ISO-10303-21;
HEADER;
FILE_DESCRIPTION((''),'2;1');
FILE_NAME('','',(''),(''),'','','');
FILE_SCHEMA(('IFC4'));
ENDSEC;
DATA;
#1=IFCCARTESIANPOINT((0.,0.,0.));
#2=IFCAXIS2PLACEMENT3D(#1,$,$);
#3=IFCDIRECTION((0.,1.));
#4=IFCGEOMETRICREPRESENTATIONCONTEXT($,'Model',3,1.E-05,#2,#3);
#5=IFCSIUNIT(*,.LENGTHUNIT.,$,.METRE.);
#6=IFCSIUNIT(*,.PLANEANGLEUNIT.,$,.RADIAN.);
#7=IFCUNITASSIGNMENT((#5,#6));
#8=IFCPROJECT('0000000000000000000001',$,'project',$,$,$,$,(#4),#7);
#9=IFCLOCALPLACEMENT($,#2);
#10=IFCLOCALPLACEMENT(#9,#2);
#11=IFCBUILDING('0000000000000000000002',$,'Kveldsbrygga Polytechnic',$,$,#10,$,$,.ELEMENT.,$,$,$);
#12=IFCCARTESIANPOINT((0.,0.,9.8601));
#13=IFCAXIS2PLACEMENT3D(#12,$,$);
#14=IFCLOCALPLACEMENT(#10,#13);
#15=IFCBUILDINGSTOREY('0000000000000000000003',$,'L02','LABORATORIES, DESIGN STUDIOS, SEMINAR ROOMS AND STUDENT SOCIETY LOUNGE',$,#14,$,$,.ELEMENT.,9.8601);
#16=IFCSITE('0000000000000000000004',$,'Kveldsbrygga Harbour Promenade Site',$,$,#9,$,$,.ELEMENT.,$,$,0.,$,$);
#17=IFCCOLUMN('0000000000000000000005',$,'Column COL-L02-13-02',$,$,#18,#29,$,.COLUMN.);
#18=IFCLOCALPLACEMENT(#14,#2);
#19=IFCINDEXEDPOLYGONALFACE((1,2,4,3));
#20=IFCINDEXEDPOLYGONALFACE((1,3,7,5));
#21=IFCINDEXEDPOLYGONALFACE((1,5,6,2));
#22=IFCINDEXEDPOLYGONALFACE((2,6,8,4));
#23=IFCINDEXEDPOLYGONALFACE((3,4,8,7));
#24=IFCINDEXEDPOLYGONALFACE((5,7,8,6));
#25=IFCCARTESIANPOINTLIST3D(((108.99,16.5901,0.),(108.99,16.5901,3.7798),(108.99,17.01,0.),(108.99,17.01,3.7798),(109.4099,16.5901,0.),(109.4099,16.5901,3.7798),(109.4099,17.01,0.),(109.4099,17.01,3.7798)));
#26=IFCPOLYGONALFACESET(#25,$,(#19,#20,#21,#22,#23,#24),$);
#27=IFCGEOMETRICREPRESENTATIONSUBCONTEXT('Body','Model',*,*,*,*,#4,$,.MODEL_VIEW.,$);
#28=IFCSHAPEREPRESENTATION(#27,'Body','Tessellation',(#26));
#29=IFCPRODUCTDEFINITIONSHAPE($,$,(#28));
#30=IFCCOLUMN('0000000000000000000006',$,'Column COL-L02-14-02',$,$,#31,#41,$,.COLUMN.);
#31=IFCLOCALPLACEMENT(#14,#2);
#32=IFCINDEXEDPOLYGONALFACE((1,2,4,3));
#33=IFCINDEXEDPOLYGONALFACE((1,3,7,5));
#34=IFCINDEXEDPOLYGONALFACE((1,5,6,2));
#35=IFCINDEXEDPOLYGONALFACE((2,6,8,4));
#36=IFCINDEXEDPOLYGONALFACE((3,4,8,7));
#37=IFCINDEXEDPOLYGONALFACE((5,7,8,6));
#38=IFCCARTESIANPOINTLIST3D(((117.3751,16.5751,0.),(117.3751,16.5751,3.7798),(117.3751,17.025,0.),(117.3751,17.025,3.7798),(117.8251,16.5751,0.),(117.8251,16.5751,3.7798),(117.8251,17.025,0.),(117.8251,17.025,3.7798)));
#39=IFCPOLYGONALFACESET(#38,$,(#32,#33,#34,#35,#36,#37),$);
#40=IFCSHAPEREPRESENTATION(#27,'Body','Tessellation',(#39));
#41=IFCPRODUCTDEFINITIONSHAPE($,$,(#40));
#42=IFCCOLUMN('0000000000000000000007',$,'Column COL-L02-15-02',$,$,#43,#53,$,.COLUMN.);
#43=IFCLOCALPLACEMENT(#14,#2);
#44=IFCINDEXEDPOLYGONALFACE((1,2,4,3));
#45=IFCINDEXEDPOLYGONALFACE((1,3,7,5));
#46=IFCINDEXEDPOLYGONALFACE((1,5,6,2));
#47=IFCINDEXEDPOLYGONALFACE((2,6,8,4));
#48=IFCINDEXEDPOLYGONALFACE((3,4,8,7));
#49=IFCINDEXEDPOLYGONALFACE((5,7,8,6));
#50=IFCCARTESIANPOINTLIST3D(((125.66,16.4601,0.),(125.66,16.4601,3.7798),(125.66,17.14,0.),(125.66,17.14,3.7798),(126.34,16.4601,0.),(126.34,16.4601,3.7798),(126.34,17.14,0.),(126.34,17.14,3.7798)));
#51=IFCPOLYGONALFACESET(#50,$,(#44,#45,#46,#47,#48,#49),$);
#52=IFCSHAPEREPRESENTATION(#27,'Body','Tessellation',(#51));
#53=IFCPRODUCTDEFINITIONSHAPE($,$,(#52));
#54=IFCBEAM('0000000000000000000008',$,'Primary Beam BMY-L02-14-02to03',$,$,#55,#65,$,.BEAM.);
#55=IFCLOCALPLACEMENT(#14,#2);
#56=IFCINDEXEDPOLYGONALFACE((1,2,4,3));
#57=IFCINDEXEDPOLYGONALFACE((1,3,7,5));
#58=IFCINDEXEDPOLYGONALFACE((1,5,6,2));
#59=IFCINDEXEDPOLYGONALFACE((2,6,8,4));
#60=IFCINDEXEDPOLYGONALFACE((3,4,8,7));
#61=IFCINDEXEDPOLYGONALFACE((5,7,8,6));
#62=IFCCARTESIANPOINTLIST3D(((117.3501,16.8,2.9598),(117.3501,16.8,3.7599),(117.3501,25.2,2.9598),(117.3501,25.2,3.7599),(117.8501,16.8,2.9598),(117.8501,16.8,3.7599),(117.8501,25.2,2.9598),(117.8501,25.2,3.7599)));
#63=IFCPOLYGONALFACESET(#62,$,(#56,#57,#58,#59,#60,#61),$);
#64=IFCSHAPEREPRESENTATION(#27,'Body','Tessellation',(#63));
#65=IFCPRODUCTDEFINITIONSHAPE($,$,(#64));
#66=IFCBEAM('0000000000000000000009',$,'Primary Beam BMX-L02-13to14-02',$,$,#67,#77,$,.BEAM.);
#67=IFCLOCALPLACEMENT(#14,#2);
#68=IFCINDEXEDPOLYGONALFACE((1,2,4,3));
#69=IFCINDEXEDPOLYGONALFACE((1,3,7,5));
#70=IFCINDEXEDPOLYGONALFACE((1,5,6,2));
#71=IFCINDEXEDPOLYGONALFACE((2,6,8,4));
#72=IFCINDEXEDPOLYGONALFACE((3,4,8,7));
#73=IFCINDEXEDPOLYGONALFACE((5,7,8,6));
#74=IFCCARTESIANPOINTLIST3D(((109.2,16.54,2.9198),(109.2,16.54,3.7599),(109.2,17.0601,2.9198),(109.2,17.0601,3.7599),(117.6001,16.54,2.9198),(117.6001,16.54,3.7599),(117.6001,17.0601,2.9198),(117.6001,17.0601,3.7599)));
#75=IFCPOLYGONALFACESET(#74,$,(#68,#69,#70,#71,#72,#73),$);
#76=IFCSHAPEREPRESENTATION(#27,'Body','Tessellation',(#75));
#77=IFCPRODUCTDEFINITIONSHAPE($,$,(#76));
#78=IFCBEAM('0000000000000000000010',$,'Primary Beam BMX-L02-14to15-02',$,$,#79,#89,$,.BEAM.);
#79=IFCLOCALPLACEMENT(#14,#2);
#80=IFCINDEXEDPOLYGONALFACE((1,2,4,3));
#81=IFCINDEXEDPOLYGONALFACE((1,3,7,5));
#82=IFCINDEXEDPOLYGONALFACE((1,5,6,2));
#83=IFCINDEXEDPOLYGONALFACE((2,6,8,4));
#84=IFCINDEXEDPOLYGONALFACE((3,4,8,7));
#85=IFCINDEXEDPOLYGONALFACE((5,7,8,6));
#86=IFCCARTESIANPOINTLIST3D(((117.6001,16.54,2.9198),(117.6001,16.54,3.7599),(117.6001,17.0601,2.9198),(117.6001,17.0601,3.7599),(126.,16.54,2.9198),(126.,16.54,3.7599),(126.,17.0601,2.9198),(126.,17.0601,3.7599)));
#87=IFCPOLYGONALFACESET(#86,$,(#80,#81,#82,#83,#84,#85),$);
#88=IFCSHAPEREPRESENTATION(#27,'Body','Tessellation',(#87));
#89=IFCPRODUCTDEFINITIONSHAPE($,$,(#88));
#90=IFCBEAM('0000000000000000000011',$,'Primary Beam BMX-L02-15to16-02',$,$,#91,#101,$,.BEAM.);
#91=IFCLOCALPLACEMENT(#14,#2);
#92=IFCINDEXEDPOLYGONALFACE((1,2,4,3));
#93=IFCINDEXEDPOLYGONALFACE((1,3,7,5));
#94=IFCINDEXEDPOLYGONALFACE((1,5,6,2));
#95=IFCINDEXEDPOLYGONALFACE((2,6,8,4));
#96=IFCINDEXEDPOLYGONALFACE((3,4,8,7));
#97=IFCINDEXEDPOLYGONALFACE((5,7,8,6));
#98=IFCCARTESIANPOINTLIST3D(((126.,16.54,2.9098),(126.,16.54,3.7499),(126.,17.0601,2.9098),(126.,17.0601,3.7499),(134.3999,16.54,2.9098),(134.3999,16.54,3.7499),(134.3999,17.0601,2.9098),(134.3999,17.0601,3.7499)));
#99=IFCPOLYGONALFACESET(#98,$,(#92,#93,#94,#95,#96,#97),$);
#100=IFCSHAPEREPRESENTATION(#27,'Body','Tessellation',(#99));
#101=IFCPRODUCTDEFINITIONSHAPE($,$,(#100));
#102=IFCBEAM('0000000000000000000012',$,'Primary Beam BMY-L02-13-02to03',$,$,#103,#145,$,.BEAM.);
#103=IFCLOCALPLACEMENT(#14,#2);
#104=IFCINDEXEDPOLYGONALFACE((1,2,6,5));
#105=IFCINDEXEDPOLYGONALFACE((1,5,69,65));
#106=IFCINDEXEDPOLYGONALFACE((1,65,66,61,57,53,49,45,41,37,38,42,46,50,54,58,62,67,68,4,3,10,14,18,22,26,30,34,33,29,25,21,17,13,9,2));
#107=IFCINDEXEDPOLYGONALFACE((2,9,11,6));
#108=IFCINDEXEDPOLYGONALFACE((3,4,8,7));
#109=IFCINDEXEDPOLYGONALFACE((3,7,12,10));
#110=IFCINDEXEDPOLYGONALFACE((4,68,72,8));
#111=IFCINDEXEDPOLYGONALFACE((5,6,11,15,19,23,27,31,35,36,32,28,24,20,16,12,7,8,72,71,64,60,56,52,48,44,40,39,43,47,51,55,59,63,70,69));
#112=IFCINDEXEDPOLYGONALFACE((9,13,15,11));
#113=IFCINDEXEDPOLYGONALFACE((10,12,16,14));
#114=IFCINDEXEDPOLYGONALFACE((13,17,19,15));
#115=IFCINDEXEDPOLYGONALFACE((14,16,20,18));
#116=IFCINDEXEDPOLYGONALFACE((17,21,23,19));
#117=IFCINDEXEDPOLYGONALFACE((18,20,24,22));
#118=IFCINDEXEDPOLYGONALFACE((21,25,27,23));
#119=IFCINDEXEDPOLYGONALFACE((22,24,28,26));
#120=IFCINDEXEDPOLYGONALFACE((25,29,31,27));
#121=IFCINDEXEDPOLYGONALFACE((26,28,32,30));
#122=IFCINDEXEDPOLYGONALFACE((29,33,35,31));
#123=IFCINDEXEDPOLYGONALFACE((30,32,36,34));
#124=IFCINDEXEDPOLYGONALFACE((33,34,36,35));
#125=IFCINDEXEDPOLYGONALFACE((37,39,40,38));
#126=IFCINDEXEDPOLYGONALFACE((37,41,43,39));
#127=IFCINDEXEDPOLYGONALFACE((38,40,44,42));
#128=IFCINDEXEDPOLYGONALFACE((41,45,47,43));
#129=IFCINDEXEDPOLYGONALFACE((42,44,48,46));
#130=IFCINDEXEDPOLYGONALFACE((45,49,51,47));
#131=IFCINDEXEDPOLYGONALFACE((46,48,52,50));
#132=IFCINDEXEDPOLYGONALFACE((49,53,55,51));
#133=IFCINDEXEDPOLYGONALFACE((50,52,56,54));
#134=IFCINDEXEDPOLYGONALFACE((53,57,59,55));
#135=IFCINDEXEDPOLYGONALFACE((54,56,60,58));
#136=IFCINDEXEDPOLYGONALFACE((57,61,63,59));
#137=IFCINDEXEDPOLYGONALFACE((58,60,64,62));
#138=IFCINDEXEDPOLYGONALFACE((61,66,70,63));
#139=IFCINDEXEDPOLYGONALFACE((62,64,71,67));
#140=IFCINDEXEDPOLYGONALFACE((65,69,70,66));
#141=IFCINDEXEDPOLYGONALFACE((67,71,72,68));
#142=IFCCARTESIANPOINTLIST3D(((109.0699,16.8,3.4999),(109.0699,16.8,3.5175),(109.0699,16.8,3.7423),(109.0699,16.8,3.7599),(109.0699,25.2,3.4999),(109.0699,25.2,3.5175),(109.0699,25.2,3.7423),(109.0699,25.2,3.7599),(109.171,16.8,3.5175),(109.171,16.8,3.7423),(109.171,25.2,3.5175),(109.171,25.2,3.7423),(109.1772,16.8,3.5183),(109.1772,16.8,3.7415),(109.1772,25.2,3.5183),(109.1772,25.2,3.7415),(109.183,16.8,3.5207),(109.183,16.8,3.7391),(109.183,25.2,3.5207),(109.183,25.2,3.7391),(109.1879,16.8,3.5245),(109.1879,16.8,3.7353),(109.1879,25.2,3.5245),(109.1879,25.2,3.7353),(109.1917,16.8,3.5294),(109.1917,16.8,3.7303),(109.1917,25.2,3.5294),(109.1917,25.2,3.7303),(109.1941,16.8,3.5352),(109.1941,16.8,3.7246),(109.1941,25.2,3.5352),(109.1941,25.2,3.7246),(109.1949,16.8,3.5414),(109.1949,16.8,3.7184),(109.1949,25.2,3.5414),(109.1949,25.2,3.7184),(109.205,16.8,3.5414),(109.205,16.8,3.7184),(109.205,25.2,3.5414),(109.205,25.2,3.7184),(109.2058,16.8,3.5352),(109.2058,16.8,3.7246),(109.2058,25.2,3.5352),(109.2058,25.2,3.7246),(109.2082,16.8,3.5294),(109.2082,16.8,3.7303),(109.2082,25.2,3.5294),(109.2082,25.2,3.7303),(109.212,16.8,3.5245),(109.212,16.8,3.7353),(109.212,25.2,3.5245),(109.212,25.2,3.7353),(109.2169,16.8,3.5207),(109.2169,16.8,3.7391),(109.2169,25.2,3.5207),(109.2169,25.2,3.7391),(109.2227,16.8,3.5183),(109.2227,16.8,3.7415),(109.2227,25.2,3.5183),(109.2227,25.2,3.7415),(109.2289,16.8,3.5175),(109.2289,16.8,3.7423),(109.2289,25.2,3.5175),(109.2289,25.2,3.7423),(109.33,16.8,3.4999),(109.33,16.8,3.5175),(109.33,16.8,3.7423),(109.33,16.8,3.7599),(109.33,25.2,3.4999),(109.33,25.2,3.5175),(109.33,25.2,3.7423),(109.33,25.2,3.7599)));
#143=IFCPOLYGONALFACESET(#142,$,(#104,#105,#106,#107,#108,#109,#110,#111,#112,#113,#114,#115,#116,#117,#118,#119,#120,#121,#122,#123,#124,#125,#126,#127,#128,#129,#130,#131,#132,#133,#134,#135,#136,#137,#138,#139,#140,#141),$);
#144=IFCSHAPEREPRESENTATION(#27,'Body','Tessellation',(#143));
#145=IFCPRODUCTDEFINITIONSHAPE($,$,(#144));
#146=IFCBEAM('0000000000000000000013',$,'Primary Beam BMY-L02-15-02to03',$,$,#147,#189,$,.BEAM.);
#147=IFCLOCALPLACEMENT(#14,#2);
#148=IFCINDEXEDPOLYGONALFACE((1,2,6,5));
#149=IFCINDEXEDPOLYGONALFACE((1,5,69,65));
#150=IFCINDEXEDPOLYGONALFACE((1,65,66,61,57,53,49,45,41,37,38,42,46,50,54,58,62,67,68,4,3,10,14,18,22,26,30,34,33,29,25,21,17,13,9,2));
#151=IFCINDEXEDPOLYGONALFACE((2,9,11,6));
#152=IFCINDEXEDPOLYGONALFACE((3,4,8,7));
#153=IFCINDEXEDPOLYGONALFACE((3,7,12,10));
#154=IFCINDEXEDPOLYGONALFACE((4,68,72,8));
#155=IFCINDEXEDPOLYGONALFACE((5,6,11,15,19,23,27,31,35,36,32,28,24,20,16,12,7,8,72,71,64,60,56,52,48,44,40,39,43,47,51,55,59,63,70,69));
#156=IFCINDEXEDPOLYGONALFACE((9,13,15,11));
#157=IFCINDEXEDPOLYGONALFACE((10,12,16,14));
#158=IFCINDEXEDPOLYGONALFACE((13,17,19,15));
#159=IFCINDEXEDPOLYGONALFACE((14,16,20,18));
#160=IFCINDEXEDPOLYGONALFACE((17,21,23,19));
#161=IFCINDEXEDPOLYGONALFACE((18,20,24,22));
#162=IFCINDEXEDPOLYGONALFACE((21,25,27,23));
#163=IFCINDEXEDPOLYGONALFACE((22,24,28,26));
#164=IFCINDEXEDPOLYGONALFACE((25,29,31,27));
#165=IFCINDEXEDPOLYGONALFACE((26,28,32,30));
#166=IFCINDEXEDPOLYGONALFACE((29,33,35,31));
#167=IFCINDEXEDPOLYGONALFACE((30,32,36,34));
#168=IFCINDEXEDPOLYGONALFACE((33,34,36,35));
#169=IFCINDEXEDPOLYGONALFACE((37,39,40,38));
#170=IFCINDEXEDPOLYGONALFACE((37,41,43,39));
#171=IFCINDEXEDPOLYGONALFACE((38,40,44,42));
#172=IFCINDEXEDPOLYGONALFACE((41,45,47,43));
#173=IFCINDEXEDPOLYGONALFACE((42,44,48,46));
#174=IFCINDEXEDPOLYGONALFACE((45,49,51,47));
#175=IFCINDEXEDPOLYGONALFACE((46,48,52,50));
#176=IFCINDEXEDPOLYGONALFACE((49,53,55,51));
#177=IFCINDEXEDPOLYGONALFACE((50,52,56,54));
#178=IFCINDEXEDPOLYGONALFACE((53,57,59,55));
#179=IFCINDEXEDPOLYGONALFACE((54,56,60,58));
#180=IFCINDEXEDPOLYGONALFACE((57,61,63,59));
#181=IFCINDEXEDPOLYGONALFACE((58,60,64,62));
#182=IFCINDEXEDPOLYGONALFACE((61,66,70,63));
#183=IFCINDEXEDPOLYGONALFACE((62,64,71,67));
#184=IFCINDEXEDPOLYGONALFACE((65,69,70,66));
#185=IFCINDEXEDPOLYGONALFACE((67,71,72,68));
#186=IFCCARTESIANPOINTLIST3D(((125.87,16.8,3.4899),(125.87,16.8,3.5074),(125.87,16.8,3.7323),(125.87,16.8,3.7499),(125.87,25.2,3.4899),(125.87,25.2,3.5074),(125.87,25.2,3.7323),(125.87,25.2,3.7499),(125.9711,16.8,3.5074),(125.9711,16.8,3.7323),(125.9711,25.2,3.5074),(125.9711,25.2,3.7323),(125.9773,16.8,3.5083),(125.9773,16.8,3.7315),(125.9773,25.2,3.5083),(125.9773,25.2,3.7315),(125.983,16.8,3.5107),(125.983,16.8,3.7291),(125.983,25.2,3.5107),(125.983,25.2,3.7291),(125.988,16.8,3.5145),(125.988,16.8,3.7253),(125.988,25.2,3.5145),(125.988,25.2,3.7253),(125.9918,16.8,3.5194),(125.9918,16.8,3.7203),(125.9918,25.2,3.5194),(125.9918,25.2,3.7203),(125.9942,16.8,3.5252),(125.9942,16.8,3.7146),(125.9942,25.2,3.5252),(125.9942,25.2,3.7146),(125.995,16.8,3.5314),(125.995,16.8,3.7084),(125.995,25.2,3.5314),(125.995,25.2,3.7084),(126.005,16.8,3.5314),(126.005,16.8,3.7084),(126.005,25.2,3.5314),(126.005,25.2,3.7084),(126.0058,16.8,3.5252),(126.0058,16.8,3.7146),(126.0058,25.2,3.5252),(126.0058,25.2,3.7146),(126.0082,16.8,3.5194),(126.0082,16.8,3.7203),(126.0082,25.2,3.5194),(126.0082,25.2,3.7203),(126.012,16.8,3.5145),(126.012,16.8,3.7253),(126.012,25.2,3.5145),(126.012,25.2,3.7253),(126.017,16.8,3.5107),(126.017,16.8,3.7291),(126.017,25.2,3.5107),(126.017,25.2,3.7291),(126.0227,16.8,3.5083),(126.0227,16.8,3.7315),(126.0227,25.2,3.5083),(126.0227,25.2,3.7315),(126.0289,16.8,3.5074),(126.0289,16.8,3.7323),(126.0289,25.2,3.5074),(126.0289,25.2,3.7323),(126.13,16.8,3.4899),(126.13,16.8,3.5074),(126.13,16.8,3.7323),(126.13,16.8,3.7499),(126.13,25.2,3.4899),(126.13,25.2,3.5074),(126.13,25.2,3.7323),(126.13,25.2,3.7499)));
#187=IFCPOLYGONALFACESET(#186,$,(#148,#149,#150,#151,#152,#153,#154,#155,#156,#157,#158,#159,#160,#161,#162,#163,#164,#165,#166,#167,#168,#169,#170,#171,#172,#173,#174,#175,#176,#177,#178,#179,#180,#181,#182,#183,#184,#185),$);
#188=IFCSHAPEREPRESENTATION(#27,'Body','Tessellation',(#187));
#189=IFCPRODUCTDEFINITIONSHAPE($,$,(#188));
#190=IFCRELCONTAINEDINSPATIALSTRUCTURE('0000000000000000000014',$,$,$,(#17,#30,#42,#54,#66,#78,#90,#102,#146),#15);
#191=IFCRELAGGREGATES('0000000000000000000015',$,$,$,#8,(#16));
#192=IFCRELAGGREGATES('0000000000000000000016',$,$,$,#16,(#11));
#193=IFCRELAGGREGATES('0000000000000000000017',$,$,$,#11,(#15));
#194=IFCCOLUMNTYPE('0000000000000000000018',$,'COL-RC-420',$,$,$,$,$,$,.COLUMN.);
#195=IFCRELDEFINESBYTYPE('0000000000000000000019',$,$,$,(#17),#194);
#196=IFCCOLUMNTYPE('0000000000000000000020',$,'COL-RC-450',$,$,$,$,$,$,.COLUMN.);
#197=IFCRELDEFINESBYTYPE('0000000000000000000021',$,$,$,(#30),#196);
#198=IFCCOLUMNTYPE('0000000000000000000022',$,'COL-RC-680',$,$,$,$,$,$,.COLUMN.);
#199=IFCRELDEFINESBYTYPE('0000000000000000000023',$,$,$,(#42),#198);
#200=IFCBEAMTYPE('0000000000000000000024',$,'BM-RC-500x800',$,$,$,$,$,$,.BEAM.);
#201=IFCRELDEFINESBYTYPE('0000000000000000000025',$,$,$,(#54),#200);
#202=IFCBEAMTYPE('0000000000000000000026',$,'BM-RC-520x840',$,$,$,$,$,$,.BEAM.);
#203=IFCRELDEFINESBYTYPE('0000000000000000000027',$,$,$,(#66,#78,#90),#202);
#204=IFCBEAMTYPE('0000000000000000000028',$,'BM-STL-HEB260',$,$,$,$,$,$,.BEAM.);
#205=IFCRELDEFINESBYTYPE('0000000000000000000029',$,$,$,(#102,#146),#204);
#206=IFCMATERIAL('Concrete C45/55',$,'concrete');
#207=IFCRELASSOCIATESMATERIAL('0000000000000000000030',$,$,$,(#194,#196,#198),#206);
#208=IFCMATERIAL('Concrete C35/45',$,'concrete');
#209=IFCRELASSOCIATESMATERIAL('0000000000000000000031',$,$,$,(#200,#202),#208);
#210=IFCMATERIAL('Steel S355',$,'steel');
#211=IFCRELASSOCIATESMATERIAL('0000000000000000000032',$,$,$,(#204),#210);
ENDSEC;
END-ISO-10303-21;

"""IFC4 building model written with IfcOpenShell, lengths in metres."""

from ifc_helpers import new_model, si_unit, direction, frame, origin, origin_2d, place, context, subcontext, project, spatial, rectangle, i_section, extrude, material, material_profile, profile_set, type_object, element, save


model = new_model("IFC4")

# Units and contexts
model_context = context("Model", 3, precision=1e-05, world=origin(), true_north=direction((0.0, 1.0)))
body_context = subcontext(model_context, "Body", "Model", "MODEL_VIEW")
ifc_project = project(units=[si_unit("LENGTHUNIT", "METRE"), si_unit("PLANEANGLEUNIT", "RADIAN")], contexts=[model_context])

# Site, building, storey
site_placement = place(None, origin())
site = spatial("IfcSite", under=ifc_project, at=site_placement, Name="Kveldsbrygga Harbour Promenade Site", CompositionType="ELEMENT", RefElevation=0.0)
building_placement = place(site_placement, origin())
building = spatial("IfcBuilding", under=site, at=building_placement, Name="Kveldsbrygga Polytechnic", CompositionType="ELEMENT")
storey_placement = place(building_placement, frame((0.0, 0.0, 9.8601)))
storey = spatial("IfcBuildingStorey", under=building, at=storey_placement, Name="L02", Description="LABORATORIES, DESIGN STUDIOS, SEMINAR ROOMS AND STUDENT SOCIETY LOUNGE", CompositionType="ELEMENT", Elevation=9.8601)

# Columns
ifc_material_1 = material(Name="Concrete C45/55", Category="concrete")
ifc_material_profile_1 = material_profile(ifc_material_1, rectangle(XDim=0.4199, YDim=0.4199, at=origin_2d()), Name="RC 420x420")
ifc_profile_set_1 = profile_set([ifc_material_profile_1], Name="Concrete C45/55")
column_type_1 = type_object("IfcColumnType", Name="COL-RC-420", PredefinedType="COLUMN", material=ifc_profile_set_1)
column_1_placement = place(storey_placement, frame((109.2, 16.8, 0.0), z_axis=(0.0, 0.0, 1.0), x_axis=(1.0, 0.0, 0.0)))
element("IfcColumn", 1, at=column_1_placement, inside=storey, type_object=column_type_1, Name="Column COL-L02-13-02", PredefinedType="COLUMN", context=body_context, shape_type="SweptSolid", body=[
    extrude(rectangle(XDim=0.4199, YDim=0.4199, at=origin_2d()), origin(), (0.0, 0.0, 1.0), 3.7798),
])
ifc_material_profile_2 = material_profile(ifc_material_1, rectangle(XDim=0.45, YDim=0.45, at=origin_2d()), Name="RC 450x450")
ifc_profile_set_2 = profile_set([ifc_material_profile_2], Name="Concrete C45/55")
column_type_2 = type_object("IfcColumnType", Name="COL-RC-450", PredefinedType="COLUMN", material=ifc_profile_set_2)
column_2_placement = place(storey_placement, frame((117.6001, 16.8, 0.0), z_axis=(0.0, 0.0, 1.0), x_axis=(1.0, 0.0, 0.0)))
element("IfcColumn", 2, at=column_2_placement, inside=storey, type_object=column_type_2, Name="Column COL-L02-14-02", PredefinedType="COLUMN", context=body_context, shape_type="SweptSolid", body=[
    extrude(rectangle(XDim=0.45, YDim=0.45, at=origin_2d()), origin(), (0.0, 0.0, 1.0), 3.7798),
])
ifc_material_profile_3 = material_profile(ifc_material_1, rectangle(XDim=0.6799, YDim=0.6799, at=origin_2d()), Name="RC 680x680")
ifc_profile_set_3 = profile_set([ifc_material_profile_3], Name="Concrete C45/55")
column_type_3 = type_object("IfcColumnType", Name="COL-RC-680", PredefinedType="COLUMN", material=ifc_profile_set_3)
column_3_placement = place(storey_placement, frame((126.0, 16.8, 0.0), z_axis=(0.0, 0.0, 1.0), x_axis=(1.0, 0.0, 0.0)))
element("IfcColumn", 3, at=column_3_placement, inside=storey, type_object=column_type_3, Name="Column COL-L02-15-02", PredefinedType="COLUMN", context=body_context, shape_type="SweptSolid", body=[
    extrude(rectangle(XDim=0.6799, YDim=0.6799, at=origin_2d()), origin(), (0.0, 0.0, 1.0), 3.7798),
])

# Beams
ifc_material_2 = material(Name="Concrete C35/45", Category="concrete")
ifc_material_profile_4 = material_profile(ifc_material_2, rectangle(XDim=0.5, YDim=0.8, at=origin_2d()), Name="RC 500x800")
ifc_profile_set_4 = profile_set([ifc_material_profile_4], Name="Concrete C35/45")
beam_type_1 = type_object("IfcBeamType", Name="BM-RC-500x800", PredefinedType="BEAM", material=ifc_profile_set_4)
beam_1_placement = place(storey_placement, frame((117.6001, 16.8, 3.3599), z_axis=(0.0, 1.0, 0.0), x_axis=(-1.0, 0.0, 0.0)))
element("IfcBeam", 4, at=beam_1_placement, inside=storey, type_object=beam_type_1, Name="Primary Beam BMY-L02-14-02to03", PredefinedType="BEAM", context=body_context, shape_type="SweptSolid", body=[
    extrude(rectangle(XDim=0.5, YDim=0.8, at=origin_2d()), origin(), (0.0, 0.0, 1.0), 8.3999),
])
ifc_material_profile_5 = material_profile(ifc_material_2, rectangle(XDim=0.52, YDim=0.8401, at=origin_2d()), Name="RC 520x840")
ifc_profile_set_5 = profile_set([ifc_material_profile_5], Name="Concrete C35/45")
beam_type_2 = type_object("IfcBeamType", Name="BM-RC-520x840", PredefinedType="BEAM", material=ifc_profile_set_5)
beam_2_placement = place(storey_placement, frame((109.2, 16.8, 3.3398), z_axis=(1.0, 0.0, 0.0), x_axis=(0.0, 1.0, 0.0)))
element("IfcBeam", 5, at=beam_2_placement, inside=storey, type_object=beam_type_2, Name="Primary Beam BMX-L02-13to14-02", PredefinedType="BEAM", context=body_context, shape_type="SweptSolid", body=[
    extrude(rectangle(XDim=0.52, YDim=0.8401, at=origin_2d()), origin(), (0.0, 0.0, 1.0), 8.4001),
])
for number, where, z_axis, x_axis, name in (
    (6, (117.6001, 16.8, 3.3398), (1.0, 0.0, 0.0), (0.0, 1.0, 0.0), "Primary Beam BMX-L02-14to15-02"),
    (7, (126.0, 16.8, 3.3298), (1.0, 0.0, 0.0), (0.0, 1.0, 0.0), "Primary Beam BMX-L02-15to16-02"),
):
    element("IfcBeam", number, at=place(storey_placement, frame(where, z_axis=z_axis, x_axis=x_axis)), inside=storey, type_object=beam_type_2, Name=name, PredefinedType="BEAM", context=body_context, shape_type="SweptSolid", body=[
        extrude(rectangle(XDim=0.52, YDim=0.8401, at=origin_2d()), origin(), (0.0, 0.0, 1.0), 8.3999),
    ])
ifc_material_3 = material(Name="Steel S355", Category="steel")
ifc_material_profile_6 = material_profile(ifc_material_3, i_section(OverallWidth=0.26, OverallDepth=0.26, WebThickness=0.01, FlangeThickness=0.0176, FilletRadius=0.0239, at=origin_2d()), Name="HEB 260")
ifc_profile_set_6 = profile_set([ifc_material_profile_6], Name="Steel S355")
beam_type_3 = type_object("IfcBeamType", Name="BM-STL-HEB260", PredefinedType="BEAM", material=ifc_profile_set_6)
for number, where, z_axis, x_axis, name in (
    (8, (109.2, 16.8, 3.6299), (0.0, 1.0, 0.0), (-1.0, 0.0, 0.0), "Primary Beam BMY-L02-13-02to03"),
    (9, (126.0, 16.8, 3.6199), (0.0, 1.0, 0.0), (-1.0, 0.0, 0.0), "Primary Beam BMY-L02-15-02to03"),
):
    element("IfcBeam", number, at=place(storey_placement, frame(where, z_axis=z_axis, x_axis=x_axis)), inside=storey, type_object=beam_type_3, Name=name, PredefinedType="BEAM", context=body_context, shape_type="SweptSolid", body=[
        extrude(i_section(OverallWidth=0.26, OverallDepth=0.26, WebThickness=0.01, FlangeThickness=0.0176, FilletRadius=0.0239, at=origin_2d()), origin(), (0.0, 0.0, 1.0), 8.3999),
    ])

save(model, "model.ifc")
